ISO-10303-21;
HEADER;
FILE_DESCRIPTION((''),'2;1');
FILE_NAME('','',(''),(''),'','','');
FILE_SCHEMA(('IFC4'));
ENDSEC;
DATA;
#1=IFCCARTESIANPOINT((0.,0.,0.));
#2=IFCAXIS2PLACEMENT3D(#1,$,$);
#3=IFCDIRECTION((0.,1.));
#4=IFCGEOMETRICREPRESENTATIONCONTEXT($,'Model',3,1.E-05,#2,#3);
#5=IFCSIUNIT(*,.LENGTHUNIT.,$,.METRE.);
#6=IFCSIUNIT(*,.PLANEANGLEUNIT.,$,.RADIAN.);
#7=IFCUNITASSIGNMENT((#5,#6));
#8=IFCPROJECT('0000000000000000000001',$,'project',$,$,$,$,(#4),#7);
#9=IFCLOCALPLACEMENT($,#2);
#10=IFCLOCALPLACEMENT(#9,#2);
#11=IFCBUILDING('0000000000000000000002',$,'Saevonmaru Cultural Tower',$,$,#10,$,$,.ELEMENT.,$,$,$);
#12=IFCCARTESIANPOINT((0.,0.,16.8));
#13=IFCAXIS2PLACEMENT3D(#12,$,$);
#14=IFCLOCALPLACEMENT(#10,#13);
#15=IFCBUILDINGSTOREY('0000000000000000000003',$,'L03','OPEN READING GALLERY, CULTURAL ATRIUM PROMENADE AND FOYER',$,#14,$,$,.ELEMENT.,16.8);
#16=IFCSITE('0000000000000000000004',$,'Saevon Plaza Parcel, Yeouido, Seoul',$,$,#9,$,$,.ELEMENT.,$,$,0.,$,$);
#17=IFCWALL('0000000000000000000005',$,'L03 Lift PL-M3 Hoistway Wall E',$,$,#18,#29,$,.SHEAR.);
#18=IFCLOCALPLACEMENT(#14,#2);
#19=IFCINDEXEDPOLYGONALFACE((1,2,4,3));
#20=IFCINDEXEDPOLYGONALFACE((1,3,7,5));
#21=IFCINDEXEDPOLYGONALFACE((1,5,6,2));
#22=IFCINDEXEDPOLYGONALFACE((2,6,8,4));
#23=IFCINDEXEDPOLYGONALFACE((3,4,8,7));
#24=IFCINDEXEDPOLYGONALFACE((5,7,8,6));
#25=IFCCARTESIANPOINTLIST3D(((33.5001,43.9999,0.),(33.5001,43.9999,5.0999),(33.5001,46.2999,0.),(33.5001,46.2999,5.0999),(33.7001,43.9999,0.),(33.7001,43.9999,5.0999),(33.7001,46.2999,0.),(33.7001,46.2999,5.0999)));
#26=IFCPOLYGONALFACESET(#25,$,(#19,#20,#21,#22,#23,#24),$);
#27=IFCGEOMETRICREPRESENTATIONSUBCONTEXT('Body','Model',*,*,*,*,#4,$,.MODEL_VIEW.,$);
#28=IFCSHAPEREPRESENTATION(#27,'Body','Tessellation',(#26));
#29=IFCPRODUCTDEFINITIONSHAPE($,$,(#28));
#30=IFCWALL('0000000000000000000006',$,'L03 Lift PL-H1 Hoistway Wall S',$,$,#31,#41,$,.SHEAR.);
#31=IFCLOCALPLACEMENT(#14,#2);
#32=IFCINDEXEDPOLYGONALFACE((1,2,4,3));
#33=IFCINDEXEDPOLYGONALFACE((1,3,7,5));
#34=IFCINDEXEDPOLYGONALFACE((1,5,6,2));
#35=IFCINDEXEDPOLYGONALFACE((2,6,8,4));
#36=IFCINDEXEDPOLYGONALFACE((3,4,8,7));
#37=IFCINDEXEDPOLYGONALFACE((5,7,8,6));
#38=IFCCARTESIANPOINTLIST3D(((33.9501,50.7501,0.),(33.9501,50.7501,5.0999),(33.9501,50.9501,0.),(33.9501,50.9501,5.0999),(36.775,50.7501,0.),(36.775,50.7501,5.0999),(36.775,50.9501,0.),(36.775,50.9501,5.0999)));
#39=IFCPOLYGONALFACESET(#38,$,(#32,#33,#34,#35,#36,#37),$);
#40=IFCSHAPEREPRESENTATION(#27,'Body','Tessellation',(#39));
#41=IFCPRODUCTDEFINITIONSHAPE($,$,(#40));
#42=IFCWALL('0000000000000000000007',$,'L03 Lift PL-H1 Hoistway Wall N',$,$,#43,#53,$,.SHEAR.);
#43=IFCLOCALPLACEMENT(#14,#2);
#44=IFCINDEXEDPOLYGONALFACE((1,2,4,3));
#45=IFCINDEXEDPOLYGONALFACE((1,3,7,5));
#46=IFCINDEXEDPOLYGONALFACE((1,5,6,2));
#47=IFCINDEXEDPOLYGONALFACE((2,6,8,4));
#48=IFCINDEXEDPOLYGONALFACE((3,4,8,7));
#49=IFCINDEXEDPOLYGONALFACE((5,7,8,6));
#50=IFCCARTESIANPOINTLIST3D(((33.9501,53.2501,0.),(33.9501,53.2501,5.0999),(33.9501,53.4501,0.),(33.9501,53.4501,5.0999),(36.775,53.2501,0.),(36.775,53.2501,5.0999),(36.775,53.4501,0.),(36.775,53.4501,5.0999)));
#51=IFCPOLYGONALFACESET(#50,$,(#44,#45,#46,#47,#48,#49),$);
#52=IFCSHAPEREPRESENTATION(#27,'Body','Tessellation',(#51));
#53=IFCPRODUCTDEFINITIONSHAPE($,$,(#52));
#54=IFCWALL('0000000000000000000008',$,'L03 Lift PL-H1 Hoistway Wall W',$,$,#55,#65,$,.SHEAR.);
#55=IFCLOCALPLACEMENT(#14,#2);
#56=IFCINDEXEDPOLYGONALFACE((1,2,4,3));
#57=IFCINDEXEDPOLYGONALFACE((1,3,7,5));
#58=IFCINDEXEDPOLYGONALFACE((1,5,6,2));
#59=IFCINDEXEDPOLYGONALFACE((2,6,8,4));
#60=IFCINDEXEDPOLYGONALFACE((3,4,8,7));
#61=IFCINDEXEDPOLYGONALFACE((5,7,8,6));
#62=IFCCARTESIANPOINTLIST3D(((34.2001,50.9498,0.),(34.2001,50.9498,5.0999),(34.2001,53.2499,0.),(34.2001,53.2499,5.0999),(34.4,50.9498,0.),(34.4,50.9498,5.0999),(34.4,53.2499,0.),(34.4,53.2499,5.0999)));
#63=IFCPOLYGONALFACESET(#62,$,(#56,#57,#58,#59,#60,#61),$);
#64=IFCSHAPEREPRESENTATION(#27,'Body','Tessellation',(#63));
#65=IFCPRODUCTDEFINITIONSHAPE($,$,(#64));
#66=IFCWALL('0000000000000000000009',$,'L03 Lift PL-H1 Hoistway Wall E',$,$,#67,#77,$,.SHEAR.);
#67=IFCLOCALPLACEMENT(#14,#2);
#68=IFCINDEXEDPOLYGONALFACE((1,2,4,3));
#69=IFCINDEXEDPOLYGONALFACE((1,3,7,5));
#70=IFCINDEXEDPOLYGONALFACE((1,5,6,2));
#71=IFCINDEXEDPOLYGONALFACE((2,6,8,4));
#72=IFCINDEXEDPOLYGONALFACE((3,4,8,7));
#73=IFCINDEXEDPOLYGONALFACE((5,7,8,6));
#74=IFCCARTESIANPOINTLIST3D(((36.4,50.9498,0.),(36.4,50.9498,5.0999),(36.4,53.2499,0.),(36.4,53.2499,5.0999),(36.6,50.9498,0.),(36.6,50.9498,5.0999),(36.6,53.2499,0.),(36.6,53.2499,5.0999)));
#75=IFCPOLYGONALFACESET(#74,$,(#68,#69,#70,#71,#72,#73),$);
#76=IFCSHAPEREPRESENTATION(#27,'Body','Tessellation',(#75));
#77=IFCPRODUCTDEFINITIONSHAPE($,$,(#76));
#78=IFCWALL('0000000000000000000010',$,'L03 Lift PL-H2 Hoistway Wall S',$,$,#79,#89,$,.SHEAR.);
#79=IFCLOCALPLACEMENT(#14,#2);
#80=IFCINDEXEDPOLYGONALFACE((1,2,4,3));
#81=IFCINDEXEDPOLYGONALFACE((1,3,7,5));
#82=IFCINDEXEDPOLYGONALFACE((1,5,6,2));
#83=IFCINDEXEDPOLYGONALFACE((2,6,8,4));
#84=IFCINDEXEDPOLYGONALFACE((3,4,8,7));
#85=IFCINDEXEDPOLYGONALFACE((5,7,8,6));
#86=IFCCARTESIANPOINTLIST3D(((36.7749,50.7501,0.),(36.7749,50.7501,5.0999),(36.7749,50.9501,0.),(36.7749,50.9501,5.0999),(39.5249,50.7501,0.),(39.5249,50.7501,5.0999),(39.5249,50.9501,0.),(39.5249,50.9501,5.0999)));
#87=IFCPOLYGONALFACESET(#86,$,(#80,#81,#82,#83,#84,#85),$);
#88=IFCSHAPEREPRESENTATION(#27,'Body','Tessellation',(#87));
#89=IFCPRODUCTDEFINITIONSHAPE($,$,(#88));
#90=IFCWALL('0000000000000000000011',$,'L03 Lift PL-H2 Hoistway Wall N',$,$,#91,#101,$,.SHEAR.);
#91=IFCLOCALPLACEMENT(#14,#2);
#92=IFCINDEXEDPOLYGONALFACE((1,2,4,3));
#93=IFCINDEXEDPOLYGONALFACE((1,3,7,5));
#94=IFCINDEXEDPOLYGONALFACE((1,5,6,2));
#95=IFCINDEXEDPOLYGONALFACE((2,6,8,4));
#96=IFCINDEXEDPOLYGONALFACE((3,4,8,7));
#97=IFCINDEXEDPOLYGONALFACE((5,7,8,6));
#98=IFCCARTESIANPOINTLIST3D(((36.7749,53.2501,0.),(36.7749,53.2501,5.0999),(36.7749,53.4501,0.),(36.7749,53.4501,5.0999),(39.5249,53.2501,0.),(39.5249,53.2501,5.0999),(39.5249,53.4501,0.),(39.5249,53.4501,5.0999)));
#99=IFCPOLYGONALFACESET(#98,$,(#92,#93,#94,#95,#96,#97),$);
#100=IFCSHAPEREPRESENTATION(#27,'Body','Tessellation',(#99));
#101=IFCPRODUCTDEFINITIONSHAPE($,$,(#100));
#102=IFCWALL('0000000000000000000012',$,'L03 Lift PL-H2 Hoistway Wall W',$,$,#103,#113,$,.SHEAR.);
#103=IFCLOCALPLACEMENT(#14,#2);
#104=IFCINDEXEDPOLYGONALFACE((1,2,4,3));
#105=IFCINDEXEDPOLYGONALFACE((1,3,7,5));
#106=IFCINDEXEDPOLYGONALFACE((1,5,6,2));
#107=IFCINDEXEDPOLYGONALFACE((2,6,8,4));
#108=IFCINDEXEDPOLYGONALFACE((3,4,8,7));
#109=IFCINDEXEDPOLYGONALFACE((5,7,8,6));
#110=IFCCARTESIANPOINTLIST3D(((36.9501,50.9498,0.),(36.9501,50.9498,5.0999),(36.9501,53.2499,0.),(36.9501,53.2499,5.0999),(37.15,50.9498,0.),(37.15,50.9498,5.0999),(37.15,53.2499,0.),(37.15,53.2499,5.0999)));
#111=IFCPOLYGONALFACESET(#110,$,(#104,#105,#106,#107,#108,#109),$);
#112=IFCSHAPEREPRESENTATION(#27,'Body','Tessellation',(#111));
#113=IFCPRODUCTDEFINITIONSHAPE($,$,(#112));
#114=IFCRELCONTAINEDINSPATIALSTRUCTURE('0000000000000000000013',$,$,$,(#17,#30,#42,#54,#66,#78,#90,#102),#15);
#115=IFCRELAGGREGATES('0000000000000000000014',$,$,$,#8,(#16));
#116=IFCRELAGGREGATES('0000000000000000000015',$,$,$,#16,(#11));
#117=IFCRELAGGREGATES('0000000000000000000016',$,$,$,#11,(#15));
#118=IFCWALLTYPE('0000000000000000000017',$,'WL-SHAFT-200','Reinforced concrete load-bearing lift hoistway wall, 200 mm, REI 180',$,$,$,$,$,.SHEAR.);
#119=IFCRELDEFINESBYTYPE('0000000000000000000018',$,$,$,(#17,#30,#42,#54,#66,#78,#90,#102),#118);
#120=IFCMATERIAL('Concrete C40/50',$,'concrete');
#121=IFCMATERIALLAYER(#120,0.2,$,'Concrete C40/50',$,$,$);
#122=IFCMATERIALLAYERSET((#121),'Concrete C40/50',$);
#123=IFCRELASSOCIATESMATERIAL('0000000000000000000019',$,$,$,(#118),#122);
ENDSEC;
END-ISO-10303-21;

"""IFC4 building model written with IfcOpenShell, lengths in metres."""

from ifc_helpers import new_model, si_unit, direction, frame, frame_2d, origin, place, context, subcontext, project, spatial, rectangle, extrude, material, layer, layer_set, type_object, element, save


model = new_model("IFC4")

# Units and contexts
model_context = context("Model", 3, precision=1e-05, world=origin(), true_north=direction((0.0, 1.0)))
body_context = subcontext(model_context, "Body", "Model", "MODEL_VIEW")
ifc_project = project(units=[si_unit("LENGTHUNIT", "METRE"), si_unit("PLANEANGLEUNIT", "RADIAN")], contexts=[model_context])

# Site, building, storey
site_placement = place(None, origin())
site = spatial("IfcSite", under=ifc_project, at=site_placement, Name="Saevon Plaza Parcel, Yeouido, Seoul", CompositionType="ELEMENT", RefElevation=0.0)
building_placement = place(site_placement, origin())
building = spatial("IfcBuilding", under=site, at=building_placement, Name="Saevonmaru Cultural Tower", CompositionType="ELEMENT")
storey_placement = place(building_placement, frame((0.0, 0.0, 16.8)))
storey = spatial("IfcBuildingStorey", under=building, at=storey_placement, Name="L03", Description="OPEN READING GALLERY, CULTURAL ATRIUM PROMENADE AND FOYER", CompositionType="ELEMENT", Elevation=16.8)

# Walls
ifc_material_1 = material(Name="Concrete C40/50", Category="concrete")
ifc_layer_1 = layer(ifc_material_1, 0.2, Name="Concrete C40/50")
ifc_layer_set_1 = layer_set([ifc_layer_1], Name="Concrete C40/50")
wall_type_1 = type_object("IfcWallType", Name="WL-SHAFT-200", Description="Reinforced concrete load-bearing lift hoistway wall, 200 mm, REI 180", PredefinedType="SHEAR", material=ifc_layer_set_1)
for number, where, z_axis, x_axis, name in (
    (1, (33.6001, 44.0, 0.0), (0.0, 0.0, 1.0), (0.0, 1.0, 0.0), "L03 Lift PL-M3 Hoistway Wall E"),
):
    element("IfcWall", number, at=place(storey_placement, frame(where, z_axis=z_axis, x_axis=x_axis)), inside=storey, type_object=wall_type_1, Name=name, PredefinedType="SHEAR", context=body_context, shape_type="SweptSolid", body=[
        extrude(rectangle(XDim=2.3, YDim=0.2, at=frame_2d((1.1499, 0.0))), origin(), (0.0, 0.0, 1.0), 5.0999),
    ])
for number, where, z_axis, x_axis, name in (
    (2, (33.95, 50.8501, 0.0), (0.0, 0.0, 1.0), (1.0, 0.0, 0.0), "L03 Lift PL-H1 Hoistway Wall S"),
    (3, (33.95, 53.3501, 0.0), (0.0, 0.0, 1.0), (1.0, 0.0, 0.0), "L03 Lift PL-H1 Hoistway Wall N"),
):
    element("IfcWall", number, at=place(storey_placement, frame(where, z_axis=z_axis, x_axis=x_axis)), inside=storey, type_object=wall_type_1, Name=name, PredefinedType="SHEAR", context=body_context, shape_type="SweptSolid", body=[
        extrude(rectangle(XDim=2.825, YDim=0.2, at=frame_2d((1.4126, 0.0))), origin(), (0.0, 0.0, 1.0), 5.0999),
    ])
for number, where, z_axis, x_axis, name in (
    (4, (34.3, 50.95, 0.0), (0.0, 0.0, 1.0), (0.0, 1.0, 0.0), "L03 Lift PL-H1 Hoistway Wall W"),
    (5, (36.5, 50.95, 0.0), (0.0, 0.0, 1.0), (0.0, 1.0, 0.0), "L03 Lift PL-H1 Hoistway Wall E"),
):
    element("IfcWall", number, at=place(storey_placement, frame(where, z_axis=z_axis, x_axis=x_axis)), inside=storey, type_object=wall_type_1, Name=name, PredefinedType="SHEAR", context=body_context, shape_type="SweptSolid", body=[
        extrude(rectangle(XDim=2.3, YDim=0.2, at=frame_2d((1.1499, 0.0))), origin(), (0.0, 0.0, 1.0), 5.0999),
    ])
for number, where, z_axis, x_axis, name in (
    (6, (36.7749, 50.8501, 0.0), (0.0, 0.0, 1.0), (1.0, 0.0, 0.0), "L03 Lift PL-H2 Hoistway Wall S"),
    (7, (36.7749, 53.3501, 0.0), (0.0, 0.0, 1.0), (1.0, 0.0, 0.0), "L03 Lift PL-H2 Hoistway Wall N"),
):
    element("IfcWall", number, at=place(storey_placement, frame(where, z_axis=z_axis, x_axis=x_axis)), inside=storey, type_object=wall_type_1, Name=name, PredefinedType="SHEAR", context=body_context, shape_type="SweptSolid", body=[
        extrude(rectangle(XDim=2.75, YDim=0.2, at=frame_2d((1.375, 0.0))), origin(), (0.0, 0.0, 1.0), 5.0999),
    ])
wall_1_placement = place(storey_placement, frame((37.05, 50.95, 0.0), z_axis=(0.0, 0.0, 1.0), x_axis=(0.0, 1.0, 0.0)))
element("IfcWall", 8, at=wall_1_placement, inside=storey, type_object=wall_type_1, Name="L03 Lift PL-H2 Hoistway Wall W", PredefinedType="SHEAR", context=body_context, shape_type="SweptSolid", body=[
    extrude(rectangle(XDim=2.3, YDim=0.2, at=frame_2d((1.1499, 0.0))), origin(), (0.0, 0.0, 1.0), 5.0999),
])

save(model, "model.ifc")
